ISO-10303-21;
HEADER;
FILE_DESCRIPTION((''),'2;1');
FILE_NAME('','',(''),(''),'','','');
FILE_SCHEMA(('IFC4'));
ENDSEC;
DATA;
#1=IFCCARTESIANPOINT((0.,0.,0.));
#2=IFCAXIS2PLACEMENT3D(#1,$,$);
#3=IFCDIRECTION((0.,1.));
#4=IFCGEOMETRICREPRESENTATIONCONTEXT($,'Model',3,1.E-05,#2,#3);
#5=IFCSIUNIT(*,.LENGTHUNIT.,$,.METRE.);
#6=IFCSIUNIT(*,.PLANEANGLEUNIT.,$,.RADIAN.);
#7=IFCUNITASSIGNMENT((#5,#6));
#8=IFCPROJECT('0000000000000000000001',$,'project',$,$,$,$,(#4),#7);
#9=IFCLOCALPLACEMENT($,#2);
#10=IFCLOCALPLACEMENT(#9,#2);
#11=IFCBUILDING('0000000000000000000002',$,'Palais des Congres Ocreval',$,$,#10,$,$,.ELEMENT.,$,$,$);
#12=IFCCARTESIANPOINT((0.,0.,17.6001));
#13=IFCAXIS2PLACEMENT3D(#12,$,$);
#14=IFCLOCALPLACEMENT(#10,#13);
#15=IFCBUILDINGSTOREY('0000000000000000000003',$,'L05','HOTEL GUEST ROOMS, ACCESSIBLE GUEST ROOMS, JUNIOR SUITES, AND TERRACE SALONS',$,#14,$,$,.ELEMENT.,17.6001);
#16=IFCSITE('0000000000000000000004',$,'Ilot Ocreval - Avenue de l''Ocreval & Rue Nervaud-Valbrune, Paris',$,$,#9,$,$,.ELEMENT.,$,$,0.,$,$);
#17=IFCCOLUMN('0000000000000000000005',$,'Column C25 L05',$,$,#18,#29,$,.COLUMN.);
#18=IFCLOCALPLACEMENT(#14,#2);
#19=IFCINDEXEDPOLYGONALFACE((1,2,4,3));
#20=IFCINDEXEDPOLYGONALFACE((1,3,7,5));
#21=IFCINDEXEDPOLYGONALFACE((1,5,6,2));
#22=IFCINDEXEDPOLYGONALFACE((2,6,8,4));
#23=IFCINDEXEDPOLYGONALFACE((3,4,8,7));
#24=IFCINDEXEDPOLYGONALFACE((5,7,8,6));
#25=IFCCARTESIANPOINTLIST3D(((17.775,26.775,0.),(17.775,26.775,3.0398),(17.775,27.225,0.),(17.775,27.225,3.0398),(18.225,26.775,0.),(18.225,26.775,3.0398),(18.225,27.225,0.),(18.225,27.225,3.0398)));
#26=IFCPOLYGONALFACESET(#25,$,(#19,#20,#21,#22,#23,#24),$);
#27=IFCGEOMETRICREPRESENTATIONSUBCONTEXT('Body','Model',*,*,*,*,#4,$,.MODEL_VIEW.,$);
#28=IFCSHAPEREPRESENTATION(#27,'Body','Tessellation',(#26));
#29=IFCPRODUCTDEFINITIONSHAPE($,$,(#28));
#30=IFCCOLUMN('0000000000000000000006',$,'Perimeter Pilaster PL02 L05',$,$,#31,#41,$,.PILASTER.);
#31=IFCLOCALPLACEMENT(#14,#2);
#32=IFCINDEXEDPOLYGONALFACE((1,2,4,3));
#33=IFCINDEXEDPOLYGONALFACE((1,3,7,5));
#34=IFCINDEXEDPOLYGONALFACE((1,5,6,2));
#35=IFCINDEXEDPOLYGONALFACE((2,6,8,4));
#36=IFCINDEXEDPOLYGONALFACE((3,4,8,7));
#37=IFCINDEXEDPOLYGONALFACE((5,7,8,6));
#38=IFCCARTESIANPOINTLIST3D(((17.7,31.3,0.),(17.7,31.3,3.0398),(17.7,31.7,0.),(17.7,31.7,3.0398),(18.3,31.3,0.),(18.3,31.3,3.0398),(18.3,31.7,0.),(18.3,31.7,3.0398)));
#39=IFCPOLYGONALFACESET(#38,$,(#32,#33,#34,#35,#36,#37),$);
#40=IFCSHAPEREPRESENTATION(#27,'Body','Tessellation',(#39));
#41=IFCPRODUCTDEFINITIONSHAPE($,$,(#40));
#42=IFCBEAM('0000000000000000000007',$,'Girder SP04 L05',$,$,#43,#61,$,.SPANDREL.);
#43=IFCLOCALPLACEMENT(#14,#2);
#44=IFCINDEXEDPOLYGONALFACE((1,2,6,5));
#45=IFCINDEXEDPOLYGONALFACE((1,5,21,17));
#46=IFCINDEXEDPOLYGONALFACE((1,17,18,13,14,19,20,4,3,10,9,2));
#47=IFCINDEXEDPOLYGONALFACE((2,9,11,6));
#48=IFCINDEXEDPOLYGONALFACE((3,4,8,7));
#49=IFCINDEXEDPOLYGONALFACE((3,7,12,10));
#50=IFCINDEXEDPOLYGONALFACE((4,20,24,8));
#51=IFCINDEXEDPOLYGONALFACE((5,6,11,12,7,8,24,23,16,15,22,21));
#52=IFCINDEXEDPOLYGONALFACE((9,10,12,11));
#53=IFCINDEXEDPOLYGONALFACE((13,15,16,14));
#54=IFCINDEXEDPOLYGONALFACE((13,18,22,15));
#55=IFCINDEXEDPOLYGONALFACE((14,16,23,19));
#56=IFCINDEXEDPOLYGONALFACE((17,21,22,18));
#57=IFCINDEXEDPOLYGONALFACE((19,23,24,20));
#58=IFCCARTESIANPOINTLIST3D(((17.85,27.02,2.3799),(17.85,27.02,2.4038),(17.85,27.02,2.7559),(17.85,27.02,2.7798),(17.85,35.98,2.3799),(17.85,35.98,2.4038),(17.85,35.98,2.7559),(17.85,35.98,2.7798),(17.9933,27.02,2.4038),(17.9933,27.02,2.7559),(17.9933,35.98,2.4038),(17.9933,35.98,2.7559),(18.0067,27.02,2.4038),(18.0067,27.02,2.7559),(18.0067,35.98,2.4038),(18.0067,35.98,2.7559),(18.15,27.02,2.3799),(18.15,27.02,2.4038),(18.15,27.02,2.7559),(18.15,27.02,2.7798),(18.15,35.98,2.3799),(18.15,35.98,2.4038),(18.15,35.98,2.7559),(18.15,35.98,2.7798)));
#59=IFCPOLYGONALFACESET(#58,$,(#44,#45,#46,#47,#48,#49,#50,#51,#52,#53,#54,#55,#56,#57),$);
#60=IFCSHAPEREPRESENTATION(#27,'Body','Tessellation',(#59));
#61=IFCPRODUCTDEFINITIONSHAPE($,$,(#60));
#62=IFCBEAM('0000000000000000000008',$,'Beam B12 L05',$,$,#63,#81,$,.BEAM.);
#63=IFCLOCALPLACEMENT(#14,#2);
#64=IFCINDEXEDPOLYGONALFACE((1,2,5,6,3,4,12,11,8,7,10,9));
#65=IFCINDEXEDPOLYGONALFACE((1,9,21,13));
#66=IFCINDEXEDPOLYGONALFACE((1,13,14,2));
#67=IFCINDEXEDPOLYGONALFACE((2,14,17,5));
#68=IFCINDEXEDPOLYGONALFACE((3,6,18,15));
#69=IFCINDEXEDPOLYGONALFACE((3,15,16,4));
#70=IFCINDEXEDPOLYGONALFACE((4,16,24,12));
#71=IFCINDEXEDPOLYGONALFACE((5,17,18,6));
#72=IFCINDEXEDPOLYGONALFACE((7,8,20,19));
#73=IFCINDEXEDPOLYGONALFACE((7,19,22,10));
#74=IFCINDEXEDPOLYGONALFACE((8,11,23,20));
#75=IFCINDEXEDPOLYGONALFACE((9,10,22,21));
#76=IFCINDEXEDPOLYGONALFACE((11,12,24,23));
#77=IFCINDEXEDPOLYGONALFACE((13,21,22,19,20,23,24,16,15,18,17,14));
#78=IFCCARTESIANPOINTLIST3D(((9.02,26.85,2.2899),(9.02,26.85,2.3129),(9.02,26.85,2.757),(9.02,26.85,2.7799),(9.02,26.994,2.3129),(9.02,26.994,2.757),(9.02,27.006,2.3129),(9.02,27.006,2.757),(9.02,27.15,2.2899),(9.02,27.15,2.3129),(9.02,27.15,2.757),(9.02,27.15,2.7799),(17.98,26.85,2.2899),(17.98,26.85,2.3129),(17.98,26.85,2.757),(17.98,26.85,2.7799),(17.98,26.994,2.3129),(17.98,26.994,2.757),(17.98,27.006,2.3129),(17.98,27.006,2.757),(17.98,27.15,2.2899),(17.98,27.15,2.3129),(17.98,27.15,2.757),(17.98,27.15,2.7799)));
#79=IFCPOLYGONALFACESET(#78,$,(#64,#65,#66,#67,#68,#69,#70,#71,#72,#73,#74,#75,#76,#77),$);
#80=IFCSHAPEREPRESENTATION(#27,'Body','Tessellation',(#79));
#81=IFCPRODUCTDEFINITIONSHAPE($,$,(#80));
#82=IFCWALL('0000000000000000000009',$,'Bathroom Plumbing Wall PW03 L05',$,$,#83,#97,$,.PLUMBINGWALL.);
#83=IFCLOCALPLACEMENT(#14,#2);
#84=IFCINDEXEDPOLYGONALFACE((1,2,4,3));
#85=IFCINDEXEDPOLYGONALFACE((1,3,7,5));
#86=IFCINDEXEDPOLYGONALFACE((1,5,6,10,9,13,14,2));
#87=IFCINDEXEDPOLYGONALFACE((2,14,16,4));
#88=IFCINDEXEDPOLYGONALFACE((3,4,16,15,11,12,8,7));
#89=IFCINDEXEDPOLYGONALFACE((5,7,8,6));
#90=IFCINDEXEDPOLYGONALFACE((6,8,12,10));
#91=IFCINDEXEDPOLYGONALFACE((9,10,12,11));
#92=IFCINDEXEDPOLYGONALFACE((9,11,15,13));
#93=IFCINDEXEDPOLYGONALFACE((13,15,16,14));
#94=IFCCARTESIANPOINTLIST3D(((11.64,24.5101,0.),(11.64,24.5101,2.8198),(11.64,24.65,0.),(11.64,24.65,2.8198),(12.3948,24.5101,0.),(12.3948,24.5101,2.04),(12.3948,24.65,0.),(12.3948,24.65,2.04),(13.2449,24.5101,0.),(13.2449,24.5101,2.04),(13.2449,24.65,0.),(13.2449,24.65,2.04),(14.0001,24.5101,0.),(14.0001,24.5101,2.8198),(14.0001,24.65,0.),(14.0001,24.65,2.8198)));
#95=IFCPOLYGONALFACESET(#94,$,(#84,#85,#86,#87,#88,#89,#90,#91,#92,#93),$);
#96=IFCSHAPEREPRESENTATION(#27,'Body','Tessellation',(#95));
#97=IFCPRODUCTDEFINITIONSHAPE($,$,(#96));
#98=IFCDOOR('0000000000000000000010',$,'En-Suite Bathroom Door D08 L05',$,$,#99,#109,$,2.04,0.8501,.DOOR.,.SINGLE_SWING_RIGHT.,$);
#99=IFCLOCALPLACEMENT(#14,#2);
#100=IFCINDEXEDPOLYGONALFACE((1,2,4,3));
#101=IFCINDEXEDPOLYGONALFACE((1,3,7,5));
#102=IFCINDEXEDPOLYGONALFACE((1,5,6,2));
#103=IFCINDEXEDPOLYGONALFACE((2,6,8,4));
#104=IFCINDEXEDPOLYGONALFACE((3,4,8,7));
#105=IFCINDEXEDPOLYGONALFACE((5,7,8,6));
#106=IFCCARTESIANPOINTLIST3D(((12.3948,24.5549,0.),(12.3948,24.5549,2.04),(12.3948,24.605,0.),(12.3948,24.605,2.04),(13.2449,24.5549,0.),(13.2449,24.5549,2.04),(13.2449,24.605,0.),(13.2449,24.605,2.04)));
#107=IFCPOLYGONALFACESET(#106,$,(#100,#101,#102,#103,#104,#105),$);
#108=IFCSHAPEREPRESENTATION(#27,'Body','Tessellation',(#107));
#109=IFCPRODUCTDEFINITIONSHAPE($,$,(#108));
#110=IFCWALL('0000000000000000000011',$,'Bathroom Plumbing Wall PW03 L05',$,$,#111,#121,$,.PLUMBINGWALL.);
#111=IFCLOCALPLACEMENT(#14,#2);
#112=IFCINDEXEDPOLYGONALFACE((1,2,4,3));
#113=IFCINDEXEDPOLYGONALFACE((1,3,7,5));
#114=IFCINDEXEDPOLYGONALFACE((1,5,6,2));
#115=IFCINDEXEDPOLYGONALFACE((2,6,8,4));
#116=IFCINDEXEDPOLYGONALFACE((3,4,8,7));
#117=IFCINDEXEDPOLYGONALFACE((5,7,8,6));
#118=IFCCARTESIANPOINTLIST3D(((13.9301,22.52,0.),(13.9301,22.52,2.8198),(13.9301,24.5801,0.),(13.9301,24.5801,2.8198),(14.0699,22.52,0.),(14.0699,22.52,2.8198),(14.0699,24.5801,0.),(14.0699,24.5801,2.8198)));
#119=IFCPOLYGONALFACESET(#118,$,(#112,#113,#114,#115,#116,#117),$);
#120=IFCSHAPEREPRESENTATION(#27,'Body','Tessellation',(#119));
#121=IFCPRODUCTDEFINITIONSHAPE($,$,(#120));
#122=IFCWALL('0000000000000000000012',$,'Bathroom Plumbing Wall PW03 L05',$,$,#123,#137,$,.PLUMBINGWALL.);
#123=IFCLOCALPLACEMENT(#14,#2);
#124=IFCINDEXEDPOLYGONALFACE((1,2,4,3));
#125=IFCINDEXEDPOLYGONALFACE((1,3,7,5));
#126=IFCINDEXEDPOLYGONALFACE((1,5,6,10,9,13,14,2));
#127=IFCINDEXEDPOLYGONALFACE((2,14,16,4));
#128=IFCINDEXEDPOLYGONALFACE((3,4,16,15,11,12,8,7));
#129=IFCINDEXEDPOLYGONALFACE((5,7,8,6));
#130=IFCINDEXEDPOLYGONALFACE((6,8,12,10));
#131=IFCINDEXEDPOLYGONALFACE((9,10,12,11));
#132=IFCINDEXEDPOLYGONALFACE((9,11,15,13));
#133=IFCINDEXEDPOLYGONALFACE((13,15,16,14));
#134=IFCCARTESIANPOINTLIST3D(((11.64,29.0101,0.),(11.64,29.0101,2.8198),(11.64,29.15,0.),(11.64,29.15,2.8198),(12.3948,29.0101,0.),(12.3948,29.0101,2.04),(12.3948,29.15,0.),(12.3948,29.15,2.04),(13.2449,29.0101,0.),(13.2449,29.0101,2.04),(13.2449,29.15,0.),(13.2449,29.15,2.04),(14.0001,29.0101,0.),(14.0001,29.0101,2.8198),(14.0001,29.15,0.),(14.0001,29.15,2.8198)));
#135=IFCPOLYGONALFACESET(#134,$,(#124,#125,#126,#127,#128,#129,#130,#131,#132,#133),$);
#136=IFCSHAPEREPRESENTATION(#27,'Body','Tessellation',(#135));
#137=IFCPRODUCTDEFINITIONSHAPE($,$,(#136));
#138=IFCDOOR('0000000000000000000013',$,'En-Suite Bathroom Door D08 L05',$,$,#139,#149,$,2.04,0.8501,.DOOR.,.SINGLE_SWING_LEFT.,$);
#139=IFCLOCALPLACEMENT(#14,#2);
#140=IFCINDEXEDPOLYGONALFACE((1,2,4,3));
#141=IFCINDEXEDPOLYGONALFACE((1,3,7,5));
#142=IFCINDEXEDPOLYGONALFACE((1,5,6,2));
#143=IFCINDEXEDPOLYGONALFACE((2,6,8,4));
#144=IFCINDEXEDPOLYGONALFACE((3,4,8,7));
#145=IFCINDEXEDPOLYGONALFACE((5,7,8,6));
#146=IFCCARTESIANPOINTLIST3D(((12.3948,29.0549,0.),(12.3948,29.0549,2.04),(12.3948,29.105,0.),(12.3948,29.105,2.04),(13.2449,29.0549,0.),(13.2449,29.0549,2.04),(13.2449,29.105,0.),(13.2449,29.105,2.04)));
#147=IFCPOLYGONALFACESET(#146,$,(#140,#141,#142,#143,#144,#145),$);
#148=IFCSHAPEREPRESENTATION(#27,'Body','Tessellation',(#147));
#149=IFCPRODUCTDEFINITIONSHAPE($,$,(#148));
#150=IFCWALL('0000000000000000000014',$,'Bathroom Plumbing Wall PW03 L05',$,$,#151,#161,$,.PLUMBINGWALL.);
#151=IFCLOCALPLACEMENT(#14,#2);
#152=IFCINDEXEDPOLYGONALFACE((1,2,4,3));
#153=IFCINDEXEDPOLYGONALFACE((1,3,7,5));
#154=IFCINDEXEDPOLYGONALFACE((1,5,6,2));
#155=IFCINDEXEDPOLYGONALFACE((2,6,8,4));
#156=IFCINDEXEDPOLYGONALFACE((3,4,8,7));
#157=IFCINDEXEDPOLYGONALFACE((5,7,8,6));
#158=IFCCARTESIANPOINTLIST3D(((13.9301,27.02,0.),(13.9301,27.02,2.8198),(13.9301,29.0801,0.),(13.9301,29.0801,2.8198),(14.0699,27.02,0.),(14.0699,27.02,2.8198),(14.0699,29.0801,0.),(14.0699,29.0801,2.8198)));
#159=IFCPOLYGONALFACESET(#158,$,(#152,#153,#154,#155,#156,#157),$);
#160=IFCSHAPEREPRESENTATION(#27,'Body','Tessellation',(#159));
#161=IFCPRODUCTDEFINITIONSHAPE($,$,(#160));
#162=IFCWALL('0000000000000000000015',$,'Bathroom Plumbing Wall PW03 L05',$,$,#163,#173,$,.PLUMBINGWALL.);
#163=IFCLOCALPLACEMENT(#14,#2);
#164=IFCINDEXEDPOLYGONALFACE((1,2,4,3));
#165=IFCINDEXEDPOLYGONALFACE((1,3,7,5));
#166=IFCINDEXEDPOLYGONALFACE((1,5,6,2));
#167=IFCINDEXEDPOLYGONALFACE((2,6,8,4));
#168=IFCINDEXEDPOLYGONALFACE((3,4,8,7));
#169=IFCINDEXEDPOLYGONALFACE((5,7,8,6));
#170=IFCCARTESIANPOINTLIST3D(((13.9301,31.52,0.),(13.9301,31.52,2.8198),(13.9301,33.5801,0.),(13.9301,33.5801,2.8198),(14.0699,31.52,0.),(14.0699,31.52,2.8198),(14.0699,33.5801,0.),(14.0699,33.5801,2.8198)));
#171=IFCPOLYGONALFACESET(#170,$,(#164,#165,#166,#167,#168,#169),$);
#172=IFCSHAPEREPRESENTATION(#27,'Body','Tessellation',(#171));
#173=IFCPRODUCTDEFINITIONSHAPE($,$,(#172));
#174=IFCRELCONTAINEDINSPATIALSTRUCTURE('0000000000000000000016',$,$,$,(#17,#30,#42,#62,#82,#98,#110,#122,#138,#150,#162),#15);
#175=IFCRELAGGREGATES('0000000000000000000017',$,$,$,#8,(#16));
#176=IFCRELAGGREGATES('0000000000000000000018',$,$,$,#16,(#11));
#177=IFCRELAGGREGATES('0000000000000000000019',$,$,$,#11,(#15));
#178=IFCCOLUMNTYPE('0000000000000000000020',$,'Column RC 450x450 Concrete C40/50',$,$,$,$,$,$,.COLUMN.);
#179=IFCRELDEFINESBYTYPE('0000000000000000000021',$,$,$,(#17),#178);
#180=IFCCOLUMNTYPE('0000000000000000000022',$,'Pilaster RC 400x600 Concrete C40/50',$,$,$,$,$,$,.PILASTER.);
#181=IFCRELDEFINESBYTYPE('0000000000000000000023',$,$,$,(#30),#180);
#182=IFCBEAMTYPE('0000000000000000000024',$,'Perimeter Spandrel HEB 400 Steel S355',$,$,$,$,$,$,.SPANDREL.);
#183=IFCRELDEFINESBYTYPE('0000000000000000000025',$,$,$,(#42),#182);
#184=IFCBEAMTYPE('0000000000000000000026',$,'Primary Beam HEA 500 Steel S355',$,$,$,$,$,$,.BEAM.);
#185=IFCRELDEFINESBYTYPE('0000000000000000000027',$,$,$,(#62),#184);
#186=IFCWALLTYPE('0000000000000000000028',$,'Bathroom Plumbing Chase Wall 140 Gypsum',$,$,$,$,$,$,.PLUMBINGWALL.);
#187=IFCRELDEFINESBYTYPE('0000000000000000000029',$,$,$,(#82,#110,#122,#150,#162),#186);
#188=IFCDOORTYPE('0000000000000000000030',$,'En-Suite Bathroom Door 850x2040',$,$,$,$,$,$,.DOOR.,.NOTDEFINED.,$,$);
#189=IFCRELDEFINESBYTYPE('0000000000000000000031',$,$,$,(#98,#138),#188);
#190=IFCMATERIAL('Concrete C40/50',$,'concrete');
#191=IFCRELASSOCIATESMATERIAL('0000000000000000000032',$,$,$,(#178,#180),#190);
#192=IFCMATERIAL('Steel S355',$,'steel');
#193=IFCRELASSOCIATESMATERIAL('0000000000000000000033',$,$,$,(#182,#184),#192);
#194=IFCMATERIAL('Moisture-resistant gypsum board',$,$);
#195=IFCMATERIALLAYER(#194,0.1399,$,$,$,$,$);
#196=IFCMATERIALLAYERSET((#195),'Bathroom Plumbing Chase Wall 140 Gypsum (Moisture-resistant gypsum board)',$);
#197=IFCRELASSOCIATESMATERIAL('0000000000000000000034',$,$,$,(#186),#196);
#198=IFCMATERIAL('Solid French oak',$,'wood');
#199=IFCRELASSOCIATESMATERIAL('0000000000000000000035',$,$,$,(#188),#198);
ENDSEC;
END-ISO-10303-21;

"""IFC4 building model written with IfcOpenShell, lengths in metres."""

from ifc_helpers import new_model, si_unit, direction, frame, frame_2d, origin, origin_2d, place, context, subcontext, project, spatial, rectangle, i_section, extrude, material, layer, layer_set, material_profile, profile_set, type_object, element, fill, save


model = new_model("IFC4")

# Units and contexts
model_context = context("Model", 3, precision=1e-05, world=origin(), true_north=direction((0.0, 1.0)))
body_context = subcontext(model_context, "Body", "Model", "MODEL_VIEW")
ifc_project = project(units=[si_unit("LENGTHUNIT", "METRE"), si_unit("PLANEANGLEUNIT", "RADIAN")], contexts=[model_context])

# Site, building, storey
site_placement = place(None, origin())
site = spatial("IfcSite", under=ifc_project, at=site_placement, Name="Ilot Ocreval - Avenue de l'Ocreval & Rue Nervaud-Valbrune, Paris", CompositionType="ELEMENT", RefElevation=0.0)
building_placement = place(site_placement, origin())
building = spatial("IfcBuilding", under=site, at=building_placement, Name="Palais des Congres Ocreval", CompositionType="ELEMENT")
storey_placement = place(building_placement, frame((0.0, 0.0, 17.6001)))
storey = spatial("IfcBuildingStorey", under=building, at=storey_placement, Name="L05", Description="HOTEL GUEST ROOMS, ACCESSIBLE GUEST ROOMS, JUNIOR SUITES, AND TERRACE SALONS", CompositionType="ELEMENT", Elevation=17.6001)

# Columns
ifc_material_1 = material(Name="Concrete C40/50", Category="concrete")
ifc_material_profile_1 = material_profile(ifc_material_1, rectangle(XDim=0.45, YDim=0.45, at=origin_2d()), Name="RC 450x450")
ifc_profile_set_1 = profile_set([ifc_material_profile_1], Name="Concrete C40/50")
column_type_1 = type_object("IfcColumnType", Name="Column RC 450x450 Concrete C40/50", PredefinedType="COLUMN", material=ifc_profile_set_1)
column_1_placement = place(storey_placement, frame((18.0, 27.0, 0.0), z_axis=(0.0, 0.0, 1.0), x_axis=(1.0, 0.0, 0.0)))
element("IfcColumn", 1, at=column_1_placement, inside=storey, type_object=column_type_1, Name="Column C25 L05", PredefinedType="COLUMN", context=body_context, shape_type="SweptSolid", body=[
    extrude(rectangle(XDim=0.45, YDim=0.45, at=origin_2d()), origin(), (0.0, 0.0, 1.0), 3.0398),
])
ifc_material_profile_2 = material_profile(ifc_material_1, rectangle(XDim=0.3999, YDim=0.6001, at=origin_2d()), Name="RC 400x600")
ifc_profile_set_2 = profile_set([ifc_material_profile_2], Name="Concrete C40/50")
column_type_2 = type_object("IfcColumnType", Name="Pilaster RC 400x600 Concrete C40/50", PredefinedType="PILASTER", material=ifc_profile_set_2)
column_2_placement = place(storey_placement, frame((18.0, 31.5, 0.0), z_axis=(0.0, 0.0, 1.0), x_axis=(0.0, 1.0, 0.0)))
element("IfcColumn", 2, at=column_2_placement, inside=storey, type_object=column_type_2, Name="Perimeter Pilaster PL02 L05", PredefinedType="PILASTER", context=body_context, shape_type="SweptSolid", body=[
    extrude(rectangle(XDim=0.3999, YDim=0.6001, at=origin_2d()), origin(), (0.0, 0.0, 1.0), 3.0398),
])

# Beams
ifc_material_2 = material(Name="Steel S355", Category="steel")
ifc_material_profile_3 = material_profile(ifc_material_2, i_section(OverallWidth=0.3, OverallDepth=0.3999, WebThickness=0.0134, FlangeThickness=0.0239, at=origin_2d()), Name="HEB 400")
ifc_profile_set_3 = profile_set([ifc_material_profile_3], Name="Steel S355")
beam_type_1 = type_object("IfcBeamType", Name="Perimeter Spandrel HEB 400 Steel S355", PredefinedType="SPANDREL", material=ifc_profile_set_3)
beam_1_placement = place(storey_placement, frame((18.0, 27.02, 2.5798), z_axis=(0.0, 1.0, 0.0), x_axis=(-1.0, 0.0, 0.0)))
element("IfcBeam", 3, at=beam_1_placement, inside=storey, type_object=beam_type_1, Name="Girder SP04 L05", PredefinedType="SPANDREL", context=body_context, shape_type="SweptSolid", body=[
    extrude(i_section(OverallWidth=0.3, OverallDepth=0.3999, WebThickness=0.0134, FlangeThickness=0.0239, at=origin_2d()), origin(), (0.0, 0.0, 1.0), 8.96),
])
ifc_material_profile_4 = material_profile(ifc_material_2, i_section(OverallWidth=0.3, OverallDepth=0.49, WebThickness=0.012, FlangeThickness=0.0229, at=origin_2d()), Name="HEA 500")
ifc_profile_set_4 = profile_set([ifc_material_profile_4], Name="Steel S355")
beam_type_2 = type_object("IfcBeamType", Name="Primary Beam HEA 500 Steel S355", PredefinedType="BEAM", material=ifc_profile_set_4)
beam_2_placement = place(storey_placement, frame((9.02, 27.0, 2.5349), z_axis=(1.0, 0.0, 0.0), x_axis=(0.0, 1.0, 0.0)))
element("IfcBeam", 4, at=beam_2_placement, inside=storey, type_object=beam_type_2, Name="Beam B12 L05", PredefinedType="BEAM", context=body_context, shape_type="SweptSolid", body=[
    extrude(i_section(OverallWidth=0.3, OverallDepth=0.49, WebThickness=0.012, FlangeThickness=0.0229, at=origin_2d()), origin(), (0.0, 0.0, 1.0), 8.96),
])

# Wall, opening, door
ifc_material_3 = material(Name="Moisture-resistant gypsum board")
ifc_layer_1 = layer(ifc_material_3, 0.1399)
ifc_layer_set_1 = layer_set([ifc_layer_1], Name="Bathroom Plumbing Chase Wall 140 Gypsum (Moisture-resistant gypsum board)")
wall_type_1 = type_object("IfcWallType", Name="Bathroom Plumbing Chase Wall 140 Gypsum", PredefinedType="PLUMBINGWALL", material=ifc_layer_set_1)
wall_1_placement = place(storey_placement, frame((11.6399, 24.5801, 0.0), z_axis=(0.0, 0.0, 1.0), x_axis=(1.0, 0.0, 0.0)))
wall_1 = element("IfcWall", 5, at=wall_1_placement, inside=storey, type_object=wall_type_1, Name="Bathroom Plumbing Wall PW03 L05", PredefinedType="PLUMBINGWALL", context=body_context, shape_type="SweptSolid", body=[
    extrude(rectangle(XDim=2.3601, YDim=0.1399, at=frame_2d((1.1802, 0.0))), origin(), (0.0, 0.0, 1.0), 2.8198),
])
opening_1_placement = place(wall_1_placement, frame((0.7549, 0.0, 0.0)))
opening_1 = element("IfcOpeningElement", 6, at=opening_1_placement, cuts=wall_1, PredefinedType="OPENING", context=body_context, shape_type="SweptSolid", body=[
    extrude(rectangle(XDim=0.8501, YDim=2.04, at=frame_2d((0.425, 1.02))), frame((0.0, 0.0798, 0.0), z_axis=(0.0, -1.0, 0.0), x_axis=(1.0, 0.0, 0.0)), (0.0, 0.0, 1.0), 0.1599),
])
ifc_material_4 = material(Name="Solid French oak", Category="wood")
door_type_1 = type_object("IfcDoorType", Name="En-Suite Bathroom Door 850x2040", OperationType="NOTDEFINED", PredefinedType="DOOR", material=ifc_material_4)
door_1_placement = place(opening_1_placement, origin())
door_1 = element("IfcDoor", 7, at=door_1_placement, inside=storey, type_object=door_type_1, Name="En-Suite Bathroom Door D08 L05", OperationType="SINGLE_SWING_RIGHT", OverallHeight=2.04, OverallWidth=0.8501, PredefinedType="DOOR", context=body_context, shape_type="SweptSolid", body=[
    extrude(rectangle(XDim=0.8501, YDim=2.04, at=frame_2d((0.425, 1.02))), frame((0.0, 0.0249, 0.0), z_axis=(0.0, -1.0, 0.0), x_axis=(1.0, 0.0, 0.0)), (0.0, 0.0, 1.0), 0.05),
])
fill(opening_1, door_1)

# Wall
wall_2_placement = place(storey_placement, frame((14.0, 22.52, 0.0), z_axis=(0.0, 0.0, 1.0), x_axis=(0.0, 1.0, 0.0)))
element("IfcWall", 8, at=wall_2_placement, inside=storey, type_object=wall_type_1, Name="Bathroom Plumbing Wall PW03 L05", PredefinedType="PLUMBINGWALL", context=body_context, shape_type="SweptSolid", body=[
    extrude(rectangle(XDim=2.0601, YDim=0.1399, at=frame_2d((1.03, 0.0))), origin(), (0.0, 0.0, 1.0), 2.8198),
])

# Wall, opening, door
wall_3_placement = place(storey_placement, frame((11.6399, 29.0801, 0.0), z_axis=(0.0, 0.0, 1.0), x_axis=(1.0, 0.0, 0.0)))
wall_3 = element("IfcWall", 9, at=wall_3_placement, inside=storey, type_object=wall_type_1, Name="Bathroom Plumbing Wall PW03 L05", PredefinedType="PLUMBINGWALL", context=body_context, shape_type="SweptSolid", body=[
    extrude(rectangle(XDim=2.3601, YDim=0.1399, at=frame_2d((1.1802, 0.0))), origin(), (0.0, 0.0, 1.0), 2.8198),
])
opening_2_placement = place(wall_3_placement, frame((0.7549, 0.0, 0.0)))
opening_2 = element("IfcOpeningElement", 10, at=opening_2_placement, cuts=wall_3, PredefinedType="OPENING", context=body_context, shape_type="SweptSolid", body=[
    extrude(rectangle(XDim=0.8501, YDim=2.04, at=frame_2d((0.425, 1.02))), frame((0.0, 0.0798, 0.0), z_axis=(0.0, -1.0, 0.0), x_axis=(1.0, 0.0, 0.0)), (0.0, 0.0, 1.0), 0.1599),
])
door_2_placement = place(opening_2_placement, origin())
door_2 = element("IfcDoor", 11, at=door_2_placement, inside=storey, type_object=door_type_1, Name="En-Suite Bathroom Door D08 L05", OperationType="SINGLE_SWING_LEFT", OverallHeight=2.04, OverallWidth=0.8501, PredefinedType="DOOR", context=body_context, shape_type="SweptSolid", body=[
    extrude(rectangle(XDim=0.8501, YDim=2.04, at=frame_2d((0.425, 1.02))), frame((0.0, 0.0249, 0.0), z_axis=(0.0, -1.0, 0.0), x_axis=(1.0, 0.0, 0.0)), (0.0, 0.0, 1.0), 0.05),
])
fill(opening_2, door_2)

# Walls
for number, where, z_axis, x_axis, name in (
    (12, (14.0, 27.02, 0.0), (0.0, 0.0, 1.0), (0.0, 1.0, 0.0), "Bathroom Plumbing Wall PW03 L05"),
    (13, (14.0, 31.52, 0.0), (0.0, 0.0, 1.0), (0.0, 1.0, 0.0), "Bathroom Plumbing Wall PW03 L05"),
):
    element("IfcWall", number, at=place(storey_placement, frame(where, z_axis=z_axis, x_axis=x_axis)), inside=storey, type_object=wall_type_1, Name=name, PredefinedType="PLUMBINGWALL", context=body_context, shape_type="SweptSolid", body=[
        extrude(rectangle(XDim=2.0601, YDim=0.1399, at=frame_2d((1.03, 0.0))), origin(), (0.0, 0.0, 1.0), 2.8198),
    ])

save(model, "model.ifc")
